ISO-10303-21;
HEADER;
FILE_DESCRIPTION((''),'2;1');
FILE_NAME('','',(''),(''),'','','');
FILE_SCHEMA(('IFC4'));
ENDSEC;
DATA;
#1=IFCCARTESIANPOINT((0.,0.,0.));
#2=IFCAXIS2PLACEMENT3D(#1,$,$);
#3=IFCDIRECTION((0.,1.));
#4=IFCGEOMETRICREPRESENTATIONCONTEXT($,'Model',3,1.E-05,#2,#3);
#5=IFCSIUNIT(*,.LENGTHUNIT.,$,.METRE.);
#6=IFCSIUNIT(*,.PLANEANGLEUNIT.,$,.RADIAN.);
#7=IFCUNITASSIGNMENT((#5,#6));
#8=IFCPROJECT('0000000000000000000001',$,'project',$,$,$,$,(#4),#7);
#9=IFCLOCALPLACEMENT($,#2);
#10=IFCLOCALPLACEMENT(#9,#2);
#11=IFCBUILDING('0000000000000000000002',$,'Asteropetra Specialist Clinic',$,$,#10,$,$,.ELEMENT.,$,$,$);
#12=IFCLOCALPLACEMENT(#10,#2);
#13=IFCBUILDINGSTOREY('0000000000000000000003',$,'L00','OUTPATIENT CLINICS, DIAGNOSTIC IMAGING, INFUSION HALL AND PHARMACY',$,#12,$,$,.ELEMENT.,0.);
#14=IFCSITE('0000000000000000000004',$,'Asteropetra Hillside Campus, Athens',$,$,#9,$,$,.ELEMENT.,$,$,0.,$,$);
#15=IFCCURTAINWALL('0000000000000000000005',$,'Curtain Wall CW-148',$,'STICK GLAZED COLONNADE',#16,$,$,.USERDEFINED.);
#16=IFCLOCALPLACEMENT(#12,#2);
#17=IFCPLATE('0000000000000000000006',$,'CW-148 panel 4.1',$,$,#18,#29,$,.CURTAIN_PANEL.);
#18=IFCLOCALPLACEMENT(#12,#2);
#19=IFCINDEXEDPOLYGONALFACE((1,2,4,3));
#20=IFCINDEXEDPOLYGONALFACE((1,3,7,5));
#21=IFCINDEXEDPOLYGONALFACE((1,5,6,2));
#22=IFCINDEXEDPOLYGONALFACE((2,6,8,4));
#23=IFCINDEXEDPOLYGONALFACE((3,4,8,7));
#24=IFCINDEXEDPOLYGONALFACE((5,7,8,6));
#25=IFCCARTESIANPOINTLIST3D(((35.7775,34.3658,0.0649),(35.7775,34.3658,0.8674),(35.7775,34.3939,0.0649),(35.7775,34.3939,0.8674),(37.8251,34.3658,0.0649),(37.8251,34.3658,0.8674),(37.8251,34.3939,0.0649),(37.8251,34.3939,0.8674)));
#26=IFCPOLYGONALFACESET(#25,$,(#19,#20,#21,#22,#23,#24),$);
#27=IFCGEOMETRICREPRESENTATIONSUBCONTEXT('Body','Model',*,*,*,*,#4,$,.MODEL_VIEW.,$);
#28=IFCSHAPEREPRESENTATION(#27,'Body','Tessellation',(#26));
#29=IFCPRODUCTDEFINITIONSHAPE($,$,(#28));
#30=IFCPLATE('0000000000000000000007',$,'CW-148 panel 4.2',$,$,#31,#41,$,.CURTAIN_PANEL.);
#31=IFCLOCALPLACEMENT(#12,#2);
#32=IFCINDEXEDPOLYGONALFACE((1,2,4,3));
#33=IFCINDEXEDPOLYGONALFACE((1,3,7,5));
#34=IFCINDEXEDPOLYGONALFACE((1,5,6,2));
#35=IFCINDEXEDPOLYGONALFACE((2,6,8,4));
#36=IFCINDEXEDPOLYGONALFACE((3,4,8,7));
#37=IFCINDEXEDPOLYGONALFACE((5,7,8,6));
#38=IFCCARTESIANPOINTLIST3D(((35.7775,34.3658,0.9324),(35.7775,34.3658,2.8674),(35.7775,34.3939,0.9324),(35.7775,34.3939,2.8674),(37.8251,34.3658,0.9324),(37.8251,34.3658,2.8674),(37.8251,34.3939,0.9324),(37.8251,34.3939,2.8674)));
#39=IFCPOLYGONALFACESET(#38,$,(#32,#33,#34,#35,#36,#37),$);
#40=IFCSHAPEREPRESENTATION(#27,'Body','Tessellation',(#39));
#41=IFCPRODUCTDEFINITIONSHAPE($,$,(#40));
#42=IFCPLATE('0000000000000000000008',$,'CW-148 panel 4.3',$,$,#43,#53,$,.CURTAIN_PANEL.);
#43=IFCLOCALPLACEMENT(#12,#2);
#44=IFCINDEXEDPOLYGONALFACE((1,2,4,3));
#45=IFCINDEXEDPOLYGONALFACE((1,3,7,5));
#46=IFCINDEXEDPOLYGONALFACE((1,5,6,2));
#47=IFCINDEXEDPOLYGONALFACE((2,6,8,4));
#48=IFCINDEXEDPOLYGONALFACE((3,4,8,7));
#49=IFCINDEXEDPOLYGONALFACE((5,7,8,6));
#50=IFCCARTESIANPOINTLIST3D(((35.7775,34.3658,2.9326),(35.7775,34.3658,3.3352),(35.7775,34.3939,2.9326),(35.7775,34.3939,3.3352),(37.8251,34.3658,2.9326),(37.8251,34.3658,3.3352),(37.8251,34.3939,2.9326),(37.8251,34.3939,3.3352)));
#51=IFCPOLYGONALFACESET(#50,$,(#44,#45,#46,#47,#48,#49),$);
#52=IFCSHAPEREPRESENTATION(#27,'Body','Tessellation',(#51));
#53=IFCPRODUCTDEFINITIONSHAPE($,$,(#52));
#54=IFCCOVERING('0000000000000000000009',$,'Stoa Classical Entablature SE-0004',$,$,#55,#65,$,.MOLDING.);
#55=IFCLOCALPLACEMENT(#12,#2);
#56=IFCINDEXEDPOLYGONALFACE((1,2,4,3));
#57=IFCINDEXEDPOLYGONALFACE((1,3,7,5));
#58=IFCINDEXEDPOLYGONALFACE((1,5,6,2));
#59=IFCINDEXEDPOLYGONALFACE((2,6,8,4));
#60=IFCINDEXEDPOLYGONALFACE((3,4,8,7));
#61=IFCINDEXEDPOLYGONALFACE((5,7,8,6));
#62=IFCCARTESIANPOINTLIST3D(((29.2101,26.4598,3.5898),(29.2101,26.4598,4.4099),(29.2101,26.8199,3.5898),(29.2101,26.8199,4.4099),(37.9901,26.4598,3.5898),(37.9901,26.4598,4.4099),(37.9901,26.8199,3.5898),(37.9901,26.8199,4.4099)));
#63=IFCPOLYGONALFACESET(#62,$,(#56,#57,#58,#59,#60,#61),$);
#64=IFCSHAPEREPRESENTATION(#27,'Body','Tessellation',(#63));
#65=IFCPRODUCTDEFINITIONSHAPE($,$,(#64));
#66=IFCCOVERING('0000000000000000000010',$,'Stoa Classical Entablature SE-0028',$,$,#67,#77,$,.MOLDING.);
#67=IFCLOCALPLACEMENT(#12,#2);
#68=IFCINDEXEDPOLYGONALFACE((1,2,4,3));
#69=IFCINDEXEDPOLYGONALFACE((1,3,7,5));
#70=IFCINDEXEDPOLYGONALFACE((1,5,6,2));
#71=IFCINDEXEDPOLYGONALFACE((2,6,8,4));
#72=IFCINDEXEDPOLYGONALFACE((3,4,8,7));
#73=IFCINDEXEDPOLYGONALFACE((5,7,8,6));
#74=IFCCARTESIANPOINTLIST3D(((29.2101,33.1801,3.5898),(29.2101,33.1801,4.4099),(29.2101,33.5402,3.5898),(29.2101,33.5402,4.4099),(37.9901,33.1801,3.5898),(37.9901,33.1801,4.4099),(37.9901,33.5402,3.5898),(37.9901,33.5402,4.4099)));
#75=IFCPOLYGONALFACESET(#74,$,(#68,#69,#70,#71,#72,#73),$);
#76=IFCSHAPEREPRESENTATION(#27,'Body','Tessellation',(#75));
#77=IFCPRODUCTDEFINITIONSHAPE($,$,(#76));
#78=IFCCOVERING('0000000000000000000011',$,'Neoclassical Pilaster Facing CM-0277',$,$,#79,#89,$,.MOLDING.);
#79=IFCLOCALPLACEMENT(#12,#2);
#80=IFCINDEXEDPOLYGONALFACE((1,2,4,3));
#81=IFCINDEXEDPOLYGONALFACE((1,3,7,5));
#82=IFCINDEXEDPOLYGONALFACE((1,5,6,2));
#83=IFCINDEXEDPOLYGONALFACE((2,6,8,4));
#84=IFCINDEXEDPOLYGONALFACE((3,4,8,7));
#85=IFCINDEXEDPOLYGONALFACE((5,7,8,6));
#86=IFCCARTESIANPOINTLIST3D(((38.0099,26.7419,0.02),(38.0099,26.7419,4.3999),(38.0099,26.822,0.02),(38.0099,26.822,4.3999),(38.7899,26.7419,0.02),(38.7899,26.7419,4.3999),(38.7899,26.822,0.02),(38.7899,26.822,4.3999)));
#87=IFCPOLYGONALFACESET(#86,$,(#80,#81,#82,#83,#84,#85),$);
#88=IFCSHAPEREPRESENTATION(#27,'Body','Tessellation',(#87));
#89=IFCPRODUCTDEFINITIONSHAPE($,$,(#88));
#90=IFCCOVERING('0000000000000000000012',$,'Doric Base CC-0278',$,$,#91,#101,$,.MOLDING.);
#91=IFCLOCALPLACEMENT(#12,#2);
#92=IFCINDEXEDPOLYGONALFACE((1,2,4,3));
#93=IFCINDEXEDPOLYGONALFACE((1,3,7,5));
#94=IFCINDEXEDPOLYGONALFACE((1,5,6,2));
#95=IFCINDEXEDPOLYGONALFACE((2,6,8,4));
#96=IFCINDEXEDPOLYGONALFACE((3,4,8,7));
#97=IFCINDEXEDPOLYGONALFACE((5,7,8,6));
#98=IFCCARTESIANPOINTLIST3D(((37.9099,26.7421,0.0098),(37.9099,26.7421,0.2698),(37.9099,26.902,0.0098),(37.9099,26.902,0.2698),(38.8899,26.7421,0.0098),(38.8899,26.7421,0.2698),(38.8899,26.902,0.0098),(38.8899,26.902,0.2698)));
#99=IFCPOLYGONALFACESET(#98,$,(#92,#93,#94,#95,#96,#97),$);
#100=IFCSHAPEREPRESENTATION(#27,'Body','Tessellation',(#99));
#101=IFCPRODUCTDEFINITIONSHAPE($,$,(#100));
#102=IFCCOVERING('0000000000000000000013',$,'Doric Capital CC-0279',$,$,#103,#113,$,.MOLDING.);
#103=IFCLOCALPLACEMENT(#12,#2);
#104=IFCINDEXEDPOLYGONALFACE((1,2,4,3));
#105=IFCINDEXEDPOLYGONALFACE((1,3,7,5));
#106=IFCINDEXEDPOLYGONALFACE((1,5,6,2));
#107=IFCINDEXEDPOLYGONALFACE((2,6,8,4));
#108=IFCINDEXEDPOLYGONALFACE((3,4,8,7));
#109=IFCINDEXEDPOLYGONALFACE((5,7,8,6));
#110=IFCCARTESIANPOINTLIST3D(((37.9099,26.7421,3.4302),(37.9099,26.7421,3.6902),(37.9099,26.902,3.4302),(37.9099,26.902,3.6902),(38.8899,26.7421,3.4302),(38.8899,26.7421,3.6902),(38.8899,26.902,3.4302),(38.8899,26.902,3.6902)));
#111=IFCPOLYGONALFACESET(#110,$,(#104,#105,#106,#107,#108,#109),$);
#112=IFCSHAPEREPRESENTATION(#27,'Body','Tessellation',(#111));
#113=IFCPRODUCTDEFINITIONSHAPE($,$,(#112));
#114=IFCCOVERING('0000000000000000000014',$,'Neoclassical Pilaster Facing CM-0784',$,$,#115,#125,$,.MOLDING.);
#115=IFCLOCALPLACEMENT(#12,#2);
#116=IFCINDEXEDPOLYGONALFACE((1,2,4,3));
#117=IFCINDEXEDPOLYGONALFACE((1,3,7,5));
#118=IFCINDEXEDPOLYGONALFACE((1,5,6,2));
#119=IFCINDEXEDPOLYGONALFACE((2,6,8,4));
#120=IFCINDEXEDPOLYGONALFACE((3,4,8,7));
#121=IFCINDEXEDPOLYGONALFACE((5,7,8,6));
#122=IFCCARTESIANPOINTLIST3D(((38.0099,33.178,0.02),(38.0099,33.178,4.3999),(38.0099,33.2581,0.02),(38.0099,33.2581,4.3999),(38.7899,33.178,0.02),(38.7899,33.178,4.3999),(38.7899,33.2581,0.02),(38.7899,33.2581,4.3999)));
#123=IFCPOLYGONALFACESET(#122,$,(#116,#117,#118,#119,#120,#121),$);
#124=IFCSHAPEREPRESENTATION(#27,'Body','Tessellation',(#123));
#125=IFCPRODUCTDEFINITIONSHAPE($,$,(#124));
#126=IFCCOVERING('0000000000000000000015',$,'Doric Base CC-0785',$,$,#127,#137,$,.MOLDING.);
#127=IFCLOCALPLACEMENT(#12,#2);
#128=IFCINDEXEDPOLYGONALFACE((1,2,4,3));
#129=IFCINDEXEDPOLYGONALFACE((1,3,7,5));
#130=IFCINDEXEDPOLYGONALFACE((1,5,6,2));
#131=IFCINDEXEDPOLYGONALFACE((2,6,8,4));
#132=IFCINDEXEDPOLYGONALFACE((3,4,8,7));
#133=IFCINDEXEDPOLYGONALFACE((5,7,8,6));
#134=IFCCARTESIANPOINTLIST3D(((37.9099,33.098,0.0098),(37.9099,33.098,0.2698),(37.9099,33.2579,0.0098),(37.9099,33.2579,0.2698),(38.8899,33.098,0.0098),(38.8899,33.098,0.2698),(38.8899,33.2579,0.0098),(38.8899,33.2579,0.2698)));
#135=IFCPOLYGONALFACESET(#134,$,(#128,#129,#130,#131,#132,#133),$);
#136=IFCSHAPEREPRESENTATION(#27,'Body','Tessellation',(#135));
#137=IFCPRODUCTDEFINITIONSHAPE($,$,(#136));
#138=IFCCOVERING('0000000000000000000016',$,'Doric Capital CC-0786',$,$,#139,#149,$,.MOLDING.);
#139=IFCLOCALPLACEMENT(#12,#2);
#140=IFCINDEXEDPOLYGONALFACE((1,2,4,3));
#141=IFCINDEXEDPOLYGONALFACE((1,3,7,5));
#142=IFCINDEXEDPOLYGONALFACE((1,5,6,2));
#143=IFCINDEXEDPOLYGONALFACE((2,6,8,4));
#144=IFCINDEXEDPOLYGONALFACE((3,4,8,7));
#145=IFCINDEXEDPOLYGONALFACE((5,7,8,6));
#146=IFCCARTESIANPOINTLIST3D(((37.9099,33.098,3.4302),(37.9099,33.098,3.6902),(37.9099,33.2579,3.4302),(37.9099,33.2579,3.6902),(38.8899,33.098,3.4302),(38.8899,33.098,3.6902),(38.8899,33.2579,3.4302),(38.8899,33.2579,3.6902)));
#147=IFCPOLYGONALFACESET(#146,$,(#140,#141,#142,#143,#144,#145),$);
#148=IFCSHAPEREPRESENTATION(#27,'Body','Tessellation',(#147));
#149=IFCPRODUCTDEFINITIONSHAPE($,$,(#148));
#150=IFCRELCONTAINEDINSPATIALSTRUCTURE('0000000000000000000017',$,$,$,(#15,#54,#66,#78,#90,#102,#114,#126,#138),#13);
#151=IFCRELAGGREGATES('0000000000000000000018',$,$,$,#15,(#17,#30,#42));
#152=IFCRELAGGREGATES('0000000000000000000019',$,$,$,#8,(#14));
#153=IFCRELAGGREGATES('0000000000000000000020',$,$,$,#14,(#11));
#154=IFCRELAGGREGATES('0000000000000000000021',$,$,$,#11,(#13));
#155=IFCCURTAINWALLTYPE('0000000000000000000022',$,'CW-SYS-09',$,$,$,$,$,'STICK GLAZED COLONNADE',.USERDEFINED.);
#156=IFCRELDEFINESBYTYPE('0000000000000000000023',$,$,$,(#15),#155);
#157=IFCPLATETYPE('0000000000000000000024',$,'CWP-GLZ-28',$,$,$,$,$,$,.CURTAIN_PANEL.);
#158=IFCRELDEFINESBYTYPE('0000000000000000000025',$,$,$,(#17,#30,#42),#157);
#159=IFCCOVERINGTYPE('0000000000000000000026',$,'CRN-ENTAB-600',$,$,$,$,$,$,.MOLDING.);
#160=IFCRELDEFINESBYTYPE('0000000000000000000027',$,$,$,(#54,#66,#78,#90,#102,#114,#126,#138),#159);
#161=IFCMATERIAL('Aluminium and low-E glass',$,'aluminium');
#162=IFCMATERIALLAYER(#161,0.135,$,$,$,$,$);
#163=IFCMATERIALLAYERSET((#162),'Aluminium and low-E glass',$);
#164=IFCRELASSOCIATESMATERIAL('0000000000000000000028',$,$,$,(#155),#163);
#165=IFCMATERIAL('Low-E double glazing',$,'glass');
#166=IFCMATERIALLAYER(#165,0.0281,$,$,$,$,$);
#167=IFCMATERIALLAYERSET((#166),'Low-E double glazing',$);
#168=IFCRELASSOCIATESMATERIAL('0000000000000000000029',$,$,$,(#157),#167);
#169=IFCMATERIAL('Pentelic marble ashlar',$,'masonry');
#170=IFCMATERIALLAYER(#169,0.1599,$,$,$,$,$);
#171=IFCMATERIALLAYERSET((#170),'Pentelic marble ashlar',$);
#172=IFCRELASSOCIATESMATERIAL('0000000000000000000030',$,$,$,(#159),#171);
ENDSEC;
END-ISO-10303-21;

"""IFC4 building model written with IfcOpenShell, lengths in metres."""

from ifc_helpers import new_model, si_unit, direction, frame, origin, origin_2d, place, context, subcontext, project, spatial, rectangle, extrude, material, layer, layer_set, type_object, element, aggregate, save


model = new_model("IFC4")

# Units and contexts
model_context = context("Model", 3, precision=1e-05, world=origin(), true_north=direction((0.0, 1.0)))
body_context = subcontext(model_context, "Body", "Model", "MODEL_VIEW")
ifc_project = project(units=[si_unit("LENGTHUNIT", "METRE"), si_unit("PLANEANGLEUNIT", "RADIAN")], contexts=[model_context])

# Site, building, storey
site_placement = place(None, origin())
site = spatial("IfcSite", under=ifc_project, at=site_placement, Name="Asteropetra Hillside Campus, Athens", CompositionType="ELEMENT", RefElevation=0.0)
building_placement = place(site_placement, origin())
building = spatial("IfcBuilding", under=site, at=building_placement, Name="Asteropetra Specialist Clinic", CompositionType="ELEMENT")
storey_placement = place(building_placement, origin())
storey = spatial("IfcBuildingStorey", under=building, at=storey_placement, Name="L00", Description="OUTPATIENT CLINICS, DIAGNOSTIC IMAGING, INFUSION HALL AND PHARMACY", CompositionType="ELEMENT", Elevation=0.0)

# Curtain wall
ifc_material_1 = material(Name="Aluminium and low-E glass", Category="aluminium")
ifc_layer_1 = layer(ifc_material_1, 0.135)
ifc_layer_set_1 = layer_set([ifc_layer_1], Name="Aluminium and low-E glass")
curtain_wall_type = type_object("IfcCurtainWallType", Name="CW-SYS-09", ElementType="STICK GLAZED COLONNADE", PredefinedType="USERDEFINED", material=ifc_layer_set_1)
curtain_wall_placement = place(storey_placement, origin())
curtain_wall = element("IfcCurtainWall", 1, at=curtain_wall_placement, inside=storey, type_object=curtain_wall_type, Name="Curtain Wall CW-148", ObjectType="STICK GLAZED COLONNADE", PredefinedType="USERDEFINED")

# Plates
ifc_material_2 = material(Name="Low-E double glazing", Category="glass")
ifc_layer_2 = layer(ifc_material_2, 0.0281)
ifc_layer_set_2 = layer_set([ifc_layer_2], Name="Low-E double glazing")
plate_type = type_object("IfcPlateType", Name="CWP-GLZ-28", PredefinedType="CURTAIN_PANEL", material=ifc_layer_set_2)
plate_1_placement = place(storey_placement, frame((36.8013, 34.3799, 0.0649), z_axis=(0.0, 0.0, 1.0), x_axis=(1.0, 0.0, 0.0)))
plate_1 = element("IfcPlate", 2, at=plate_1_placement, type_object=plate_type, Name="CW-148 panel 4.1", PredefinedType="CURTAIN_PANEL", context=body_context, shape_type="SweptSolid", body=[
    extrude(rectangle(XDim=2.0476, YDim=0.0281, at=origin_2d()), origin(), (0.0, 0.0, 1.0), 0.8025),
])
plate_2_placement = place(storey_placement, frame((36.8013, 34.3799, 0.9324), z_axis=(0.0, 0.0, 1.0), x_axis=(1.0, 0.0, 0.0)))
plate_2 = element("IfcPlate", 3, at=plate_2_placement, type_object=plate_type, Name="CW-148 panel 4.2", PredefinedType="CURTAIN_PANEL", context=body_context, shape_type="SweptSolid", body=[
    extrude(rectangle(XDim=2.0476, YDim=0.0281, at=origin_2d()), origin(), (0.0, 0.0, 1.0), 1.9351),
])
plate_3_placement = place(storey_placement, frame((36.8013, 34.3799, 2.9326), z_axis=(0.0, 0.0, 1.0), x_axis=(1.0, 0.0, 0.0)))
plate_3 = element("IfcPlate", 4, at=plate_3_placement, type_object=plate_type, Name="CW-148 panel 4.3", PredefinedType="CURTAIN_PANEL", context=body_context, shape_type="SweptSolid", body=[
    extrude(rectangle(XDim=2.0476, YDim=0.0281, at=origin_2d()), origin(), (0.0, 0.0, 1.0), 0.4026),
])
aggregate(curtain_wall, [plate_1, plate_2, plate_3])

# Coverings
ifc_material_3 = material(Name="Pentelic marble ashlar", Category="masonry")
ifc_layer_3 = layer(ifc_material_3, 0.1599)
ifc_layer_set_3 = layer_set([ifc_layer_3], Name="Pentelic marble ashlar")
covering_type = type_object("IfcCoveringType", Name="CRN-ENTAB-600", PredefinedType="MOLDING", material=ifc_layer_set_3)
for number, where, z_axis, x_axis, name in (
    (5, (33.6001, 26.6399, 3.5898), (0.0, 0.0, 1.0), (1.0, 0.0, 0.0), "Stoa Classical Entablature SE-0004"),
    (6, (33.6001, 33.3601, 3.5898), (0.0, 0.0, 1.0), (1.0, 0.0, 0.0), "Stoa Classical Entablature SE-0028"),
):
    element("IfcCovering", number, at=place(storey_placement, frame(where, z_axis=z_axis, x_axis=x_axis)), inside=storey, type_object=covering_type, Name=name, PredefinedType="MOLDING", context=body_context, shape_type="SweptSolid", body=[
        extrude(rectangle(XDim=8.78, YDim=0.3601, at=origin_2d()), origin(), (0.0, 0.0, 1.0), 0.8201),
    ])
covering_1_placement = place(storey_placement, frame((38.3999, 26.782, 0.02), z_axis=(0.0, 0.0, 1.0), x_axis=(1.0, 0.0, 0.0)))
element("IfcCovering", 7, at=covering_1_placement, inside=storey, type_object=covering_type, Name="Neoclassical Pilaster Facing CM-0277", PredefinedType="MOLDING", context=body_context, shape_type="SweptSolid", body=[
    extrude(rectangle(XDim=0.78, YDim=0.0801, at=origin_2d()), origin(), (0.0, 0.0, 1.0), 4.3799),
])
for number, where, z_axis, x_axis, name in (
    (8, (38.3999, 26.822, 0.0098), (0.0, 0.0, 1.0), (1.0, 0.0, 0.0), "Doric Base CC-0278"),
    (9, (38.3999, 26.822, 3.4302), (0.0, 0.0, 1.0), (1.0, 0.0, 0.0), "Doric Capital CC-0279"),
):
    element("IfcCovering", number, at=place(storey_placement, frame(where, z_axis=z_axis, x_axis=x_axis)), inside=storey, type_object=covering_type, Name=name, PredefinedType="MOLDING", context=body_context, shape_type="SweptSolid", body=[
        extrude(rectangle(XDim=0.98, YDim=0.1599, at=origin_2d()), origin(), (0.0, 0.0, 1.0), 0.26),
    ])
covering_2_placement = place(storey_placement, frame((38.3999, 33.218, 0.02), z_axis=(0.0, 0.0, 1.0), x_axis=(1.0, 0.0, 0.0)))
element("IfcCovering", 10, at=covering_2_placement, inside=storey, type_object=covering_type, Name="Neoclassical Pilaster Facing CM-0784", PredefinedType="MOLDING", context=body_context, shape_type="SweptSolid", body=[
    extrude(rectangle(XDim=0.78, YDim=0.0801, at=origin_2d()), origin(), (0.0, 0.0, 1.0), 4.3799),
])
for number, where, z_axis, x_axis, name in (
    (11, (38.3999, 33.178, 0.0098), (0.0, 0.0, 1.0), (1.0, 0.0, 0.0), "Doric Base CC-0785"),
    (12, (38.3999, 33.178, 3.4302), (0.0, 0.0, 1.0), (1.0, 0.0, 0.0), "Doric Capital CC-0786"),
):
    element("IfcCovering", number, at=place(storey_placement, frame(where, z_axis=z_axis, x_axis=x_axis)), inside=storey, type_object=covering_type, Name=name, PredefinedType="MOLDING", context=body_context, shape_type="SweptSolid", body=[
        extrude(rectangle(XDim=0.98, YDim=0.1599, at=origin_2d()), origin(), (0.0, 0.0, 1.0), 0.26),
    ])

save(model, "model.ifc")
